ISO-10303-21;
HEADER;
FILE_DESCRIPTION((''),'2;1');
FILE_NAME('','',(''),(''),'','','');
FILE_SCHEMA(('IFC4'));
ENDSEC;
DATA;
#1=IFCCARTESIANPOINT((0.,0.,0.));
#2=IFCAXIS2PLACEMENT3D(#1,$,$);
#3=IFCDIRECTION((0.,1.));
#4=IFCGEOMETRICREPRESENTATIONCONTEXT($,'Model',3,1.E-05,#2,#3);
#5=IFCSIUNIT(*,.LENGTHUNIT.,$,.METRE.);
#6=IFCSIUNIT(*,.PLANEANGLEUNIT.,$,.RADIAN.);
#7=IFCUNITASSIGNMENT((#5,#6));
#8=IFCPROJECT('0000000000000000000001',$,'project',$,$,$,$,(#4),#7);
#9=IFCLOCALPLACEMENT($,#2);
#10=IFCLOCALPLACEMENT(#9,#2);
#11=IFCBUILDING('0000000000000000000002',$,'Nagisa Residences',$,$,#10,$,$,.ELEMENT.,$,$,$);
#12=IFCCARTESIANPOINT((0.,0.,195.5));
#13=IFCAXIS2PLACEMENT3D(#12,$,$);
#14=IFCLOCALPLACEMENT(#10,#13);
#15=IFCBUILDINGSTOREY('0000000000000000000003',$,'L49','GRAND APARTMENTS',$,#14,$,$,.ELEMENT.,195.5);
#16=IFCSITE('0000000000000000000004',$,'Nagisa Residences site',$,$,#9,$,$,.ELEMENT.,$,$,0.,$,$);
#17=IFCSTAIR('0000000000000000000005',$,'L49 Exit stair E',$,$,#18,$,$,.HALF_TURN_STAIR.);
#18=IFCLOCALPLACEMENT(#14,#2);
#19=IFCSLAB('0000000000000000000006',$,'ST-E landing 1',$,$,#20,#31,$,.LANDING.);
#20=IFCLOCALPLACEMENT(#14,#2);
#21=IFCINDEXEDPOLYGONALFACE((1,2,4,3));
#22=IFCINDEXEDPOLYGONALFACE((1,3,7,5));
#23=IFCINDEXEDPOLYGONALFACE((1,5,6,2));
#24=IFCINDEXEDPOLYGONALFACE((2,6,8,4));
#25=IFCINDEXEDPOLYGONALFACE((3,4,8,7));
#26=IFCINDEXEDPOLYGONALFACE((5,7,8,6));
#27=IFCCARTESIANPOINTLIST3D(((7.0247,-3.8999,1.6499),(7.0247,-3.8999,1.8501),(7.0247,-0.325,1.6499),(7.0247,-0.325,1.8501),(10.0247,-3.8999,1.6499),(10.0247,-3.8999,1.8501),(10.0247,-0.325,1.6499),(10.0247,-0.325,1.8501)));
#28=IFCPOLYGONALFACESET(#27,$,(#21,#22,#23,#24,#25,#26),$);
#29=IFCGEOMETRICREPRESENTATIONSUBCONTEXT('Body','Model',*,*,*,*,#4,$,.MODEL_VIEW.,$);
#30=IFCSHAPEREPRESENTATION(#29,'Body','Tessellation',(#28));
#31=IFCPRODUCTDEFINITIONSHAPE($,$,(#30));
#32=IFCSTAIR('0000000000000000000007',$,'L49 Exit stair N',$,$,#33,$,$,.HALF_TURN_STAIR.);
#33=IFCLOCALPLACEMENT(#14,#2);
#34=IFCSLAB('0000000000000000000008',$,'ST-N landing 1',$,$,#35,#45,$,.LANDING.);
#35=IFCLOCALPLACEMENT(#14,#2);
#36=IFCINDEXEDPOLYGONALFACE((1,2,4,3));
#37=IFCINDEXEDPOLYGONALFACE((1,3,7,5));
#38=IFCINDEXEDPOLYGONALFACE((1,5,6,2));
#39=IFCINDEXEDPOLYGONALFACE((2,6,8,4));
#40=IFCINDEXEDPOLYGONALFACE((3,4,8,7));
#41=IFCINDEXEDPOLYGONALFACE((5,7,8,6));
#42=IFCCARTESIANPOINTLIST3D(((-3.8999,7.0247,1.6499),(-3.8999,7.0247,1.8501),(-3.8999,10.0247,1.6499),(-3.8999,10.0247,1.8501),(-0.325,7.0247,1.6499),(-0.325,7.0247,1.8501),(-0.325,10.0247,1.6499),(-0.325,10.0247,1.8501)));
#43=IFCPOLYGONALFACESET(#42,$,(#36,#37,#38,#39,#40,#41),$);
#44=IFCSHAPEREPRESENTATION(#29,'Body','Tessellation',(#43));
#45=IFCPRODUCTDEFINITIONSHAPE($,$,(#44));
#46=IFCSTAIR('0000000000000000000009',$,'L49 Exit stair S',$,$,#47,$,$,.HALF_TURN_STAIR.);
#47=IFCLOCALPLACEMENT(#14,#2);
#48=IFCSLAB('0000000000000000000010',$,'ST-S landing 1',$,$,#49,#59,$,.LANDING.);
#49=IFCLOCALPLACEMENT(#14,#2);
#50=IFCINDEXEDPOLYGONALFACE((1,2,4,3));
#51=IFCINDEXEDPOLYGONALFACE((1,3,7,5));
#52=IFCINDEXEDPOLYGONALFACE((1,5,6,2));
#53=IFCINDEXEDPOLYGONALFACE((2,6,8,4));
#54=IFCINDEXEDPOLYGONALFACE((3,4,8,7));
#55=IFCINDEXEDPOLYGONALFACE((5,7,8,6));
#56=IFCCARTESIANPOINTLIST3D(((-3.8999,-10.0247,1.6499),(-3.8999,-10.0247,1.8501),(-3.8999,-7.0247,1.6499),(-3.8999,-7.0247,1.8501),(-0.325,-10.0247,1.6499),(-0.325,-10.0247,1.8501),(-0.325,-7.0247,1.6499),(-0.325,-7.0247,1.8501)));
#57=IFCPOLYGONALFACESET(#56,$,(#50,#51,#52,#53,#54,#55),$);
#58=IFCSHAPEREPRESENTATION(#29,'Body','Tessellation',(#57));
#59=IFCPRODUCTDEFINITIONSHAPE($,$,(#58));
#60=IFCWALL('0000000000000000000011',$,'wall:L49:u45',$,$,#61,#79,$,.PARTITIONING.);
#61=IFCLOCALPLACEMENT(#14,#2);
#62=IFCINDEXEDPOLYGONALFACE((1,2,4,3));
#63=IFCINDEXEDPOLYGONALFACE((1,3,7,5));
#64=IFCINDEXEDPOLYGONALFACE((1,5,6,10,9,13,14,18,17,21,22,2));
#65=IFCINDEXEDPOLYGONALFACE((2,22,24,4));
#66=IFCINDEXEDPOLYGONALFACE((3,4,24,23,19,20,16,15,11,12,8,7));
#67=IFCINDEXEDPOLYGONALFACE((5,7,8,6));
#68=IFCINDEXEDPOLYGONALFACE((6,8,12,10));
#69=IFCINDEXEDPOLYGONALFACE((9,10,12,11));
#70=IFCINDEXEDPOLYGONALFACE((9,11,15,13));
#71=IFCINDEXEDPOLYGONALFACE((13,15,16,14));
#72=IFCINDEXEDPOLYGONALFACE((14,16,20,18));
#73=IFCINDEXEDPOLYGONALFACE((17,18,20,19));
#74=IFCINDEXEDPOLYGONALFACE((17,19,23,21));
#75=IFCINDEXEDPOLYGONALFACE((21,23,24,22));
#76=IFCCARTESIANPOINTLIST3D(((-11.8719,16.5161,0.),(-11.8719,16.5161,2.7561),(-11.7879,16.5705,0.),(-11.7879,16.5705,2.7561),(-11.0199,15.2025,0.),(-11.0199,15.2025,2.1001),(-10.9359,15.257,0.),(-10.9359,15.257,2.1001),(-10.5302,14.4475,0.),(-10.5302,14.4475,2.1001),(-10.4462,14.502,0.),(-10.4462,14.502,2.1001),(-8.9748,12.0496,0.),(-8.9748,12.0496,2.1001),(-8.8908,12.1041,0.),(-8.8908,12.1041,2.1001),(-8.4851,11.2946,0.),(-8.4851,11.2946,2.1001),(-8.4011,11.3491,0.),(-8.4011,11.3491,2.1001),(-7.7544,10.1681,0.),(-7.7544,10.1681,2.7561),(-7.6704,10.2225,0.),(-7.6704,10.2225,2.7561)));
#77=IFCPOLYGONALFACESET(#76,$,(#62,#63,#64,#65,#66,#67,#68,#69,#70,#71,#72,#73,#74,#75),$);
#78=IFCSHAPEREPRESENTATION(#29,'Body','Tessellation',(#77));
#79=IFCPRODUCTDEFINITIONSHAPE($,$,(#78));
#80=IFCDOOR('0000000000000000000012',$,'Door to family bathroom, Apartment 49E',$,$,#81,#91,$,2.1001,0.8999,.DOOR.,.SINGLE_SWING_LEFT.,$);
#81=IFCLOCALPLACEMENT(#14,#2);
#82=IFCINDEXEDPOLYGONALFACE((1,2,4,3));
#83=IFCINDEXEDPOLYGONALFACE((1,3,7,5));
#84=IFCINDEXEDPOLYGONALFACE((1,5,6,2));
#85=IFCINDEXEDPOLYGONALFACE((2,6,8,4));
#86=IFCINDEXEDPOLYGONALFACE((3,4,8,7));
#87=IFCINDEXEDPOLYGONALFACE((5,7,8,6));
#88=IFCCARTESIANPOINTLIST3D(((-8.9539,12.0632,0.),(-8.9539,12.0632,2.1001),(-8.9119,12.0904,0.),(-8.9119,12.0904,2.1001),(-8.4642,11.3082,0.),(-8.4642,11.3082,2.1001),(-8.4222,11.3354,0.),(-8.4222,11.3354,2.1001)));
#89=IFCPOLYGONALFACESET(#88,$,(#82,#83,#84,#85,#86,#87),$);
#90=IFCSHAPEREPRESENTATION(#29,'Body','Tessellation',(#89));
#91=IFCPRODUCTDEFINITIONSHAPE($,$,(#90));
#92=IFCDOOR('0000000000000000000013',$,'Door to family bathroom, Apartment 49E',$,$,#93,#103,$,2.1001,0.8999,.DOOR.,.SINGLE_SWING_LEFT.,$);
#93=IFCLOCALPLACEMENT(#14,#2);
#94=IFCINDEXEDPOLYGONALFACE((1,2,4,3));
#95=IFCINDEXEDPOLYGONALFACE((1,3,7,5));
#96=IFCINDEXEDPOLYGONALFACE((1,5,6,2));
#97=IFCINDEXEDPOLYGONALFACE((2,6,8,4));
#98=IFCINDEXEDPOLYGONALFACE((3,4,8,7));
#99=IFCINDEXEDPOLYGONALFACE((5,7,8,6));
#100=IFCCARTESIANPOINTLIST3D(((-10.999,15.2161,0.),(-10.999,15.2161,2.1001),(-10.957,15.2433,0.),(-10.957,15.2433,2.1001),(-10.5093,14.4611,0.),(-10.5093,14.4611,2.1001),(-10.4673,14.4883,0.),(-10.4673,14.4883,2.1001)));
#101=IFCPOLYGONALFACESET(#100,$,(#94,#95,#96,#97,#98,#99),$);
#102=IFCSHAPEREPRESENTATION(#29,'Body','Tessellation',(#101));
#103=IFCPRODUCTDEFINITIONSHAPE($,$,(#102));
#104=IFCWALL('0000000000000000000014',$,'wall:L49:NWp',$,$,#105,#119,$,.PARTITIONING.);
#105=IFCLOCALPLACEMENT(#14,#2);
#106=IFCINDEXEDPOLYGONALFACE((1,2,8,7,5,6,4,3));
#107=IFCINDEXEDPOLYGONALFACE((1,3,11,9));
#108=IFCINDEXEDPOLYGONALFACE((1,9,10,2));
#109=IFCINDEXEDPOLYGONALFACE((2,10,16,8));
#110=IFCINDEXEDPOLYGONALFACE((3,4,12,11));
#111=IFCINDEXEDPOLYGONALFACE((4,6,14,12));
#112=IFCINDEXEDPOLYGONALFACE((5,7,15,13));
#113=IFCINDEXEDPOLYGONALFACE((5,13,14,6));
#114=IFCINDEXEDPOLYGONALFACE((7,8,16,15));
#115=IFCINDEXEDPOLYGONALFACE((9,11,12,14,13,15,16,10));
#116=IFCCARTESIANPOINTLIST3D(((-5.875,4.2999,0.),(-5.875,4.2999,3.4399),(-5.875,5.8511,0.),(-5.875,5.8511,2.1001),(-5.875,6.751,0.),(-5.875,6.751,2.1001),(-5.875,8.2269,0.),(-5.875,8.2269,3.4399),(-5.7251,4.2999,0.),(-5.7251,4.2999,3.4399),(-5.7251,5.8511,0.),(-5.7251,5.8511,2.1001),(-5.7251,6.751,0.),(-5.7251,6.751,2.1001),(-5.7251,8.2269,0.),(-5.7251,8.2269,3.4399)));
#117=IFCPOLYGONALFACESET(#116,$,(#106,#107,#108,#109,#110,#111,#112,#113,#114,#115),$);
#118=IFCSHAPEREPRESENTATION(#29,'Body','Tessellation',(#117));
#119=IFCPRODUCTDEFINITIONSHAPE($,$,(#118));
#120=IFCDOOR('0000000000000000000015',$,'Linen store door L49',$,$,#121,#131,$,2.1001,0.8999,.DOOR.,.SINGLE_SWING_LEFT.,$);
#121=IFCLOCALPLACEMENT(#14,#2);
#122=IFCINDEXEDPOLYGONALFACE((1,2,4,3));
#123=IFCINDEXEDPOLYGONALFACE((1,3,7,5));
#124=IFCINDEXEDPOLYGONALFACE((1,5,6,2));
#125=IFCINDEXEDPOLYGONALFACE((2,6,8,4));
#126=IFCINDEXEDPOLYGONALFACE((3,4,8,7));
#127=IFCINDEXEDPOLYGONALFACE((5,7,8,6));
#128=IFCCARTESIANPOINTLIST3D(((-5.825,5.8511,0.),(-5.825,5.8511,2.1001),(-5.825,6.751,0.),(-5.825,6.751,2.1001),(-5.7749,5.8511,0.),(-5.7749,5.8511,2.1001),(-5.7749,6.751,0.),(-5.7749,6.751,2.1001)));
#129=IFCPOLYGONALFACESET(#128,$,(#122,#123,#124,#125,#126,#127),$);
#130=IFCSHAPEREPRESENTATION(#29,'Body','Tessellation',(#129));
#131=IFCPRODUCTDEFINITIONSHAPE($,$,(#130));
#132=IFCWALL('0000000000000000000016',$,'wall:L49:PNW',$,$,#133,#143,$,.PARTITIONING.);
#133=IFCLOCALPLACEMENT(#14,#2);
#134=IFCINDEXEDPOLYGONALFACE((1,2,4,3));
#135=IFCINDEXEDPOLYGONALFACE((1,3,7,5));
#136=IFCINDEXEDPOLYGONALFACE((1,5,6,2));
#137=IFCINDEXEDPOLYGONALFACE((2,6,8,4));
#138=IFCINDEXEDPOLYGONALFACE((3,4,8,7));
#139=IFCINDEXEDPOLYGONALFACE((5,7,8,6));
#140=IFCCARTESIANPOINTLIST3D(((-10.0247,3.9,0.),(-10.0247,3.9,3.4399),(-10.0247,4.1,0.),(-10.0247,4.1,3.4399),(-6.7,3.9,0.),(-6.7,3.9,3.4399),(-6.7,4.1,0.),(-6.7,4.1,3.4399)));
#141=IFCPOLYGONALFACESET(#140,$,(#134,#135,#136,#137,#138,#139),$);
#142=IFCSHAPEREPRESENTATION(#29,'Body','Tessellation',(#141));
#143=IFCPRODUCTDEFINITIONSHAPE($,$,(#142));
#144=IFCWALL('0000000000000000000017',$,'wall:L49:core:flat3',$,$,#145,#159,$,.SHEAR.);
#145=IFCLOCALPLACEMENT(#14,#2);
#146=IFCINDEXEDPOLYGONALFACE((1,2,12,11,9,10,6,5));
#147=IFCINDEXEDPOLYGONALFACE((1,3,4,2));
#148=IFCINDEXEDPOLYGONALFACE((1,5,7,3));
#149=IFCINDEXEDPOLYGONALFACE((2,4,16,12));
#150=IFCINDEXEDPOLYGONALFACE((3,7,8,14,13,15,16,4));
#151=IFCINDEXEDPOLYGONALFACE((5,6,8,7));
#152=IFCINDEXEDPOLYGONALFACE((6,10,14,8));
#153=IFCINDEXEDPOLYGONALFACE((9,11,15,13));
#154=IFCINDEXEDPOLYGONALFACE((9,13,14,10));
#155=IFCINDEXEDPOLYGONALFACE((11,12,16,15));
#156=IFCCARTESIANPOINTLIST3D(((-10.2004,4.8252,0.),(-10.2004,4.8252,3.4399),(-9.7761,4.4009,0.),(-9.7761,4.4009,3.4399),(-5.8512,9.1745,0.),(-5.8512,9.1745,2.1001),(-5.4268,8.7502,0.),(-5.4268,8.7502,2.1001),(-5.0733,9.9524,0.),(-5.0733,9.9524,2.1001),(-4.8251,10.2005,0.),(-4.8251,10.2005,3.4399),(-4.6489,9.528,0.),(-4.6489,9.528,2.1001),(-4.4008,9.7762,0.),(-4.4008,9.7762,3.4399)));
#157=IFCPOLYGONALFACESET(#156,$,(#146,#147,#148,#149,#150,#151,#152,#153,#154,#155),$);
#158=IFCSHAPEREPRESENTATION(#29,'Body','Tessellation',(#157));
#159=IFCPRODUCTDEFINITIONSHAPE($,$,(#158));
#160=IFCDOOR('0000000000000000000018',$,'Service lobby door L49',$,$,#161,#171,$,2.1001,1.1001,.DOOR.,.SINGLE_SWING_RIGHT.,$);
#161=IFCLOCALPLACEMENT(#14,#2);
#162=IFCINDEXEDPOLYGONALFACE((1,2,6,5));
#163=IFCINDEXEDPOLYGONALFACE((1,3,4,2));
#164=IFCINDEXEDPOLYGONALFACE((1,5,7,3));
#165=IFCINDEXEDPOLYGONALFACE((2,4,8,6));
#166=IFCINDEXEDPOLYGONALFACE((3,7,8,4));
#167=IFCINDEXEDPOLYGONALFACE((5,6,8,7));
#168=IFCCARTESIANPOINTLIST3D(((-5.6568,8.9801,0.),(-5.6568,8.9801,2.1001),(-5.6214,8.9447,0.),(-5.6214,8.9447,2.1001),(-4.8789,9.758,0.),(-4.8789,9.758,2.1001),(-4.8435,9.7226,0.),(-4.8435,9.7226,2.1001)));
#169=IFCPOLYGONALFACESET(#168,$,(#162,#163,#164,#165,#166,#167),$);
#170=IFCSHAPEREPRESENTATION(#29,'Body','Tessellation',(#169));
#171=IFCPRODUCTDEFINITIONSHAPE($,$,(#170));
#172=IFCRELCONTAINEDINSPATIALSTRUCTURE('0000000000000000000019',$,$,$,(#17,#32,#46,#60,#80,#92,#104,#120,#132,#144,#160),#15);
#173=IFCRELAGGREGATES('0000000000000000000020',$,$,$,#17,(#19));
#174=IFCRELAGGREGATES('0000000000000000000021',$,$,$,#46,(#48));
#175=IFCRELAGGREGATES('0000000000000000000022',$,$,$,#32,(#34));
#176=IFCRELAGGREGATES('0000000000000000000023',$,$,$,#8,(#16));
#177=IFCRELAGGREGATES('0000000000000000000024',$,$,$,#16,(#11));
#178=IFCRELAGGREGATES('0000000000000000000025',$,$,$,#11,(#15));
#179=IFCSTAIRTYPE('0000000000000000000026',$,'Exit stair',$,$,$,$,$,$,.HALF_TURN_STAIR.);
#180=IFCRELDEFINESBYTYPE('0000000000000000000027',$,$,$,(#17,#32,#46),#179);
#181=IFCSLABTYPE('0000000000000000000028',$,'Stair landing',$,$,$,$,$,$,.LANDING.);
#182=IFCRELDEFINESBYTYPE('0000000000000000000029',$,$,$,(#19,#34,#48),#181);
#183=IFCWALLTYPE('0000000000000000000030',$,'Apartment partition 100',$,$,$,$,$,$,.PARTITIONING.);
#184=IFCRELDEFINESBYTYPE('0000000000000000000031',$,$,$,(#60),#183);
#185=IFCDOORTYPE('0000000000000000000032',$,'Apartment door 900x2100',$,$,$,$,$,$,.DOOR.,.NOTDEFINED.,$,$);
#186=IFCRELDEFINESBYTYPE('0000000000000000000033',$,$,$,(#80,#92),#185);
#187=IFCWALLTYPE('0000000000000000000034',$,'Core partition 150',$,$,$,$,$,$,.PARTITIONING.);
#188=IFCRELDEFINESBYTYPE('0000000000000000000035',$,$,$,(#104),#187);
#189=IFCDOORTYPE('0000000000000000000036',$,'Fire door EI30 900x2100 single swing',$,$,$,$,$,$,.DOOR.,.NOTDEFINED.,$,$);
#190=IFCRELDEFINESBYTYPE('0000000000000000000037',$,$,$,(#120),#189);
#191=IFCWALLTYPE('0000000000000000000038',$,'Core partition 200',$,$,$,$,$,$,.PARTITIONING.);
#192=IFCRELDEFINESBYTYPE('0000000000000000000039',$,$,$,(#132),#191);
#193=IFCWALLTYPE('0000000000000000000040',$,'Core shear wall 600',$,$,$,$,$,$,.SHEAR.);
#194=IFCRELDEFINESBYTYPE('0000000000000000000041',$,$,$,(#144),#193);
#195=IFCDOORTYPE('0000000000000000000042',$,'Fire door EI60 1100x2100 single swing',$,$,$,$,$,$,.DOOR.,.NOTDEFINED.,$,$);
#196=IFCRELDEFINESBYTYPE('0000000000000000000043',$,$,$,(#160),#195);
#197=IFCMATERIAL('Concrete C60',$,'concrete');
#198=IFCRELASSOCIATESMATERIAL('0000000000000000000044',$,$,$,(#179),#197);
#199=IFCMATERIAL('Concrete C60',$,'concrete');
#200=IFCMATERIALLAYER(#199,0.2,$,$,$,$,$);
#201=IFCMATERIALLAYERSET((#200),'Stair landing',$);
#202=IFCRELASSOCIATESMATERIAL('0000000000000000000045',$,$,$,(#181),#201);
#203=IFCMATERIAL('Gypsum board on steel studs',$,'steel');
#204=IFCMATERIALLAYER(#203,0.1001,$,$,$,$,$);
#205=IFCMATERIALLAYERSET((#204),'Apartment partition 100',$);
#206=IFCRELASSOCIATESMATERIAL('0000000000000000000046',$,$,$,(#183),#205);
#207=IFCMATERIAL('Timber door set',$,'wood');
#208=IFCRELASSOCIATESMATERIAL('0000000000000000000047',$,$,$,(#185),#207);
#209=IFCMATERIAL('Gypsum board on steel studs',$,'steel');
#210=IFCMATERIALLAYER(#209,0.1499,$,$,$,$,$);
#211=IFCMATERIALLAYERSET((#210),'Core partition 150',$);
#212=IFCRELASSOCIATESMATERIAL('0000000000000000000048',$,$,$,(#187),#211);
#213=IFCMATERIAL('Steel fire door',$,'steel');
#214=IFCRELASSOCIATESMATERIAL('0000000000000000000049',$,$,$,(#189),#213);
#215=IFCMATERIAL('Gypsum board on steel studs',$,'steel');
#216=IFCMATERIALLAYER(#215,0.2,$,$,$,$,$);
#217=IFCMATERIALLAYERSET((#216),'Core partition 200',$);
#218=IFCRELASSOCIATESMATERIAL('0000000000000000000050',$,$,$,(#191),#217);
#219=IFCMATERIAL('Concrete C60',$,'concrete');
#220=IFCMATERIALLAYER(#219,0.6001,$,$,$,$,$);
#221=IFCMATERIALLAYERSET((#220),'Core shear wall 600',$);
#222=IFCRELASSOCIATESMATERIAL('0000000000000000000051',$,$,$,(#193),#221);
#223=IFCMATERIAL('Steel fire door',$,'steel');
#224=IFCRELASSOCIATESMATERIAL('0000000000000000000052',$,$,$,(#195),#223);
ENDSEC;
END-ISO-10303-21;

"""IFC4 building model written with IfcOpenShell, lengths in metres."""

from ifc_helpers import new_model, si_unit, direction, frame, frame_2d, origin, place, context, subcontext, project, spatial, polyline, rectangle, outline, extrude, material, layer, layer_set, type_object, element, fill, aggregate, save


model = new_model("IFC4")

# Units and contexts
model_context = context("Model", 3, precision=1e-05, world=origin(), true_north=direction((0.0, 1.0)))
body_context = subcontext(model_context, "Body", "Model", "MODEL_VIEW")
ifc_project = project(units=[si_unit("LENGTHUNIT", "METRE"), si_unit("PLANEANGLEUNIT", "RADIAN")], contexts=[model_context])

# Site, building, storey
site_placement = place(None, origin())
site = spatial("IfcSite", under=ifc_project, at=site_placement, Name="Nagisa Residences site", CompositionType="ELEMENT", RefElevation=0.0)
building_placement = place(site_placement, origin())
building = spatial("IfcBuilding", under=site, at=building_placement, Name="Nagisa Residences", CompositionType="ELEMENT")
storey_placement = place(building_placement, frame((0.0, 0.0, 195.5)))
storey = spatial("IfcBuildingStorey", under=building, at=storey_placement, Name="L49", Description="GRAND APARTMENTS", CompositionType="ELEMENT", Elevation=195.5)

# Stairs, slabs
ifc_material_1 = material(Name="Concrete C60", Category="concrete")
stair_type = type_object("IfcStairType", Name="Exit stair", PredefinedType="HALF_TURN_STAIR", material=ifc_material_1)
stair_1_placement = place(storey_placement, origin())
stair_1 = element("IfcStair", 1, at=stair_1_placement, inside=storey, type_object=stair_type, Name="L49 Exit stair E", PredefinedType="HALF_TURN_STAIR")
ifc_material_2 = material(Name="Concrete C60", Category="concrete")
ifc_layer_1 = layer(ifc_material_2, 0.2)
ifc_layer_set_1 = layer_set([ifc_layer_1], Name="Stair landing")
slab_type = type_object("IfcSlabType", Name="Stair landing", PredefinedType="LANDING", material=ifc_layer_set_1)
slab_1_placement = place(storey_placement, frame((0.0, 0.0, 1.6499)))
slab_1 = element("IfcSlab", 2, at=slab_1_placement, type_object=slab_type, Name="ST-E landing 1", PredefinedType="LANDING", context=body_context, shape_type="SweptSolid", body=[
    extrude(outline(polyline([(7.0247, -0.325), (7.0247, -3.8999), (10.0247, -3.8999), (10.0247, -0.325), (7.0247, -0.325)])), origin(), (0.0, 0.0, 1.0), 0.2002),
])
aggregate(stair_1, [slab_1])
stair_2_placement = place(storey_placement, origin())
stair_2 = element("IfcStair", 3, at=stair_2_placement, inside=storey, type_object=stair_type, Name="L49 Exit stair N", PredefinedType="HALF_TURN_STAIR")
slab_2_placement = place(storey_placement, frame((0.0, 0.0, 1.6499)))
slab_2 = element("IfcSlab", 4, at=slab_2_placement, type_object=slab_type, Name="ST-N landing 1", PredefinedType="LANDING", context=body_context, shape_type="SweptSolid", body=[
    extrude(outline(polyline([(-0.325, 10.0247), (-3.8999, 10.0247), (-3.8999, 7.0247), (-0.325, 7.0247), (-0.325, 10.0247)])), origin(), (0.0, 0.0, 1.0), 0.2002),
])
stair_3_placement = place(storey_placement, origin())
stair_3 = element("IfcStair", 5, at=stair_3_placement, inside=storey, type_object=stair_type, Name="L49 Exit stair S", PredefinedType="HALF_TURN_STAIR")
slab_3_placement = place(storey_placement, frame((0.0, 0.0, 1.6499)))
slab_3 = element("IfcSlab", 6, at=slab_3_placement, type_object=slab_type, Name="ST-S landing 1", PredefinedType="LANDING", context=body_context, shape_type="SweptSolid", body=[
    extrude(outline(polyline([(-0.325, -7.0247), (-3.8999, -7.0247), (-3.8999, -10.0247), (-0.325, -10.0247), (-0.325, -7.0247)])), origin(), (0.0, 0.0, 1.0), 0.2002),
])
aggregate(stair_3, [slab_3])

# Wall, openings, doors
ifc_material_3 = material(Name="Gypsum board on steel studs", Category="steel")
ifc_layer_2 = layer(ifc_material_3, 0.1001)
ifc_layer_set_2 = layer_set([ifc_layer_2], Name="Apartment partition 100")
wall_type_1 = type_object("IfcWallType", Name="Apartment partition 100", PredefinedType="PARTITIONING", material=ifc_layer_set_2)
wall_1_placement = place(storey_placement, frame((-7.7124, 10.1953, 0.0), z_axis=(0.0, 0.0, 1.0), x_axis=(-0.544179, 0.838969, 0.0)))
wall_1 = element("IfcWall", 7, at=wall_1_placement, inside=storey, type_object=wall_type_1, Name="wall:L49:u45", PredefinedType="PARTITIONING", context=body_context, shape_type="SweptSolid", body=[
    extrude(rectangle(XDim=7.5664, YDim=0.1001, at=frame_2d((3.7832, 0.0))), origin(), (0.0, 0.0, 1.0), 2.7561),
])
opening_1_placement = place(wall_1_placement, frame((1.3428, 0.0, 0.0)))
opening_1 = element("IfcOpeningElement", 8, at=opening_1_placement, cuts=wall_1, PredefinedType="OPENING", context=body_context, shape_type="SweptSolid", body=[
    extrude(rectangle(XDim=0.8999, YDim=2.1001, at=frame_2d((0.45, 1.05))), frame((0.0, 0.0601, 0.0), z_axis=(0.0, -1.0, 0.0), x_axis=(1.0, 0.0, 0.0)), (0.0, 0.0, 1.0), 0.1201),
])
opening_2_placement = place(wall_1_placement, frame((5.1008, 0.0, 0.0)))
opening_2 = element("IfcOpeningElement", 9, at=opening_2_placement, cuts=wall_1, PredefinedType="OPENING", context=body_context, shape_type="SweptSolid", body=[
    extrude(rectangle(XDim=0.8999, YDim=2.1001, at=frame_2d((0.45, 1.05))), frame((0.0, 0.0601, 0.0), z_axis=(0.0, -1.0, 0.0), x_axis=(1.0, 0.0, 0.0)), (0.0, 0.0, 1.0), 0.1201),
])
ifc_material_4 = material(Name="Timber door set", Category="wood")
door_type_1 = type_object("IfcDoorType", Name="Apartment door 900x2100", OperationType="NOTDEFINED", PredefinedType="DOOR", material=ifc_material_4)
door_1_placement = place(opening_1_placement, frame((0.8999, 0.0, 0.0), x_axis=(-1.0, 0.0, 0.0)))
door_1 = element("IfcDoor", 10, at=door_1_placement, inside=storey, type_object=door_type_1, Name="Door to family bathroom, Apartment 49E", OperationType="SINGLE_SWING_LEFT", OverallHeight=2.1001, OverallWidth=0.8999, PredefinedType="DOOR", context=body_context, shape_type="SweptSolid", body=[
    extrude(rectangle(XDim=0.8999, YDim=2.1001, at=frame_2d((0.45, 1.05))), frame((0.0, 0.0249, 0.0), z_axis=(0.0, -1.0, 0.0), x_axis=(1.0, 0.0, 0.0)), (0.0, 0.0, 1.0), 0.05),
])
fill(opening_1, door_1)
door_2_placement = place(opening_2_placement, frame((0.8999, 0.0, 0.0), x_axis=(-1.0, 0.0, 0.0)))
door_2 = element("IfcDoor", 11, at=door_2_placement, inside=storey, type_object=door_type_1, Name="Door to family bathroom, Apartment 49E", OperationType="SINGLE_SWING_LEFT", OverallHeight=2.1001, OverallWidth=0.8999, PredefinedType="DOOR", context=body_context, shape_type="SweptSolid", body=[
    extrude(rectangle(XDim=0.8999, YDim=2.1001, at=frame_2d((0.45, 1.05))), frame((0.0, 0.0249, 0.0), z_axis=(0.0, -1.0, 0.0), x_axis=(1.0, 0.0, 0.0)), (0.0, 0.0, 1.0), 0.05),
])
fill(opening_2, door_2)

# Wall, opening, door
ifc_material_5 = material(Name="Gypsum board on steel studs", Category="steel")
ifc_layer_3 = layer(ifc_material_5, 0.1499)
ifc_layer_set_3 = layer_set([ifc_layer_3], Name="Core partition 150")
wall_type_2 = type_object("IfcWallType", Name="Core partition 150", PredefinedType="PARTITIONING", material=ifc_layer_set_3)
wall_2_placement = place(storey_placement, frame((-5.8, 4.3, 0.0), z_axis=(0.0, 0.0, 1.0), x_axis=(0.0, 1.0, 0.0)))
wall_2 = element("IfcWall", 12, at=wall_2_placement, inside=storey, type_object=wall_type_2, Name="wall:L49:NWp", PredefinedType="PARTITIONING", context=body_context, shape_type="SweptSolid", body=[
    extrude(rectangle(XDim=3.927, YDim=0.1499, at=frame_2d((1.9634, 0.0))), origin(), (0.0, 0.0, 1.0), 3.4399),
])
opening_3_placement = place(wall_2_placement, frame((1.551, 0.0, 0.0)))
opening_3 = element("IfcOpeningElement", 13, at=opening_3_placement, cuts=wall_2, PredefinedType="OPENING", context=body_context, shape_type="SweptSolid", body=[
    extrude(rectangle(XDim=0.8999, YDim=2.1001, at=frame_2d((0.45, 1.05))), frame((0.0, 0.085, 0.0), z_axis=(0.0, -1.0, 0.0), x_axis=(1.0, 0.0, 0.0)), (0.0, 0.0, 1.0), 0.1699),
])
ifc_material_6 = material(Name="Steel fire door", Category="steel")
door_type_2 = type_object("IfcDoorType", Name="Fire door EI30 900x2100 single swing", OperationType="NOTDEFINED", PredefinedType="DOOR", material=ifc_material_6)
door_3_placement = place(opening_3_placement, origin())
door_3 = element("IfcDoor", 14, at=door_3_placement, inside=storey, type_object=door_type_2, Name="Linen store door L49", OperationType="SINGLE_SWING_LEFT", OverallHeight=2.1001, OverallWidth=0.8999, PredefinedType="DOOR", context=body_context, shape_type="SweptSolid", body=[
    extrude(rectangle(XDim=0.8999, YDim=2.1001, at=frame_2d((0.45, 1.05))), frame((0.0, 0.0249, 0.0), z_axis=(0.0, -1.0, 0.0), x_axis=(1.0, 0.0, 0.0)), (0.0, 0.0, 1.0), 0.05),
])
fill(opening_3, door_3)

# Wall
ifc_material_7 = material(Name="Gypsum board on steel studs", Category="steel")
ifc_layer_4 = layer(ifc_material_7, 0.2)
ifc_layer_set_4 = layer_set([ifc_layer_4], Name="Core partition 200")
wall_type_3 = type_object("IfcWallType", Name="Core partition 200", PredefinedType="PARTITIONING", material=ifc_layer_set_4)
wall_3_placement = place(storey_placement, frame((-10.0247, 4.0, 0.0), z_axis=(0.0, 0.0, 1.0), x_axis=(1.0, 0.0, 0.0)))
element("IfcWall", 15, at=wall_3_placement, inside=storey, type_object=wall_type_3, Name="wall:L49:PNW", PredefinedType="PARTITIONING", context=body_context, shape_type="SweptSolid", body=[
    extrude(rectangle(XDim=3.3247, YDim=0.2, at=frame_2d((1.6624, 0.0))), origin(), (0.0, 0.0, 1.0), 3.4399),
])

# Wall, opening, door
ifc_material_8 = material(Name="Concrete C60", Category="concrete")
ifc_layer_5 = layer(ifc_material_8, 0.6001)
ifc_layer_set_5 = layer_set([ifc_layer_5], Name="Core shear wall 600")
wall_type_4 = type_object("IfcWallType", Name="Core shear wall 600", PredefinedType="SHEAR", material=ifc_layer_set_5)
wall_4_placement = place(storey_placement, frame((-4.613, 9.9883, 0.0), z_axis=(0.0, 0.0, 1.0), x_axis=(-0.707107, -0.707107, 0.0)))
wall_4 = element("IfcWall", 16, at=wall_4_placement, inside=storey, type_object=wall_type_4, Name="wall:L49:core:flat3", PredefinedType="SHEAR", context=body_context, shape_type="SweptSolid", body=[
    extrude(rectangle(XDim=7.6018, YDim=0.6001, at=frame_2d((3.8008, 0.0))), origin(), (0.0, 0.0, 1.0), 3.4399),
])
opening_4_placement = place(wall_4_placement, frame((0.3508, 0.0, 0.0)))
opening_4 = element("IfcOpeningElement", 17, at=opening_4_placement, cuts=wall_4, PredefinedType="OPENING", context=body_context, shape_type="SweptSolid", body=[
    extrude(rectangle(XDim=1.1001, YDim=2.1001, at=frame_2d((0.55, 1.05))), frame((0.0, 0.3101, 0.0), z_axis=(0.0, -1.0, 0.0), x_axis=(1.0, 0.0, 0.0)), (0.0, 0.0, 1.0), 0.6201),
])
ifc_material_9 = material(Name="Steel fire door", Category="steel")
door_type_3 = type_object("IfcDoorType", Name="Fire door EI60 1100x2100 single swing", OperationType="NOTDEFINED", PredefinedType="DOOR", material=ifc_material_9)
door_4_placement = place(opening_4_placement, origin())
door_4 = element("IfcDoor", 18, at=door_4_placement, inside=storey, type_object=door_type_3, Name="Service lobby door L49", OperationType="SINGLE_SWING_RIGHT", OverallHeight=2.1001, OverallWidth=1.1001, PredefinedType="DOOR", context=body_context, shape_type="SweptSolid", body=[
    extrude(rectangle(XDim=1.1001, YDim=2.1001, at=frame_2d((0.55, 1.05))), frame((0.0, 0.0249, 0.0), z_axis=(0.0, -1.0, 0.0), x_axis=(1.0, 0.0, 0.0)), (0.0, 0.0, 1.0), 0.05),
])
fill(opening_4, door_4)

aggregate(stair_2, [slab_2])

save(model, "model.ifc")
